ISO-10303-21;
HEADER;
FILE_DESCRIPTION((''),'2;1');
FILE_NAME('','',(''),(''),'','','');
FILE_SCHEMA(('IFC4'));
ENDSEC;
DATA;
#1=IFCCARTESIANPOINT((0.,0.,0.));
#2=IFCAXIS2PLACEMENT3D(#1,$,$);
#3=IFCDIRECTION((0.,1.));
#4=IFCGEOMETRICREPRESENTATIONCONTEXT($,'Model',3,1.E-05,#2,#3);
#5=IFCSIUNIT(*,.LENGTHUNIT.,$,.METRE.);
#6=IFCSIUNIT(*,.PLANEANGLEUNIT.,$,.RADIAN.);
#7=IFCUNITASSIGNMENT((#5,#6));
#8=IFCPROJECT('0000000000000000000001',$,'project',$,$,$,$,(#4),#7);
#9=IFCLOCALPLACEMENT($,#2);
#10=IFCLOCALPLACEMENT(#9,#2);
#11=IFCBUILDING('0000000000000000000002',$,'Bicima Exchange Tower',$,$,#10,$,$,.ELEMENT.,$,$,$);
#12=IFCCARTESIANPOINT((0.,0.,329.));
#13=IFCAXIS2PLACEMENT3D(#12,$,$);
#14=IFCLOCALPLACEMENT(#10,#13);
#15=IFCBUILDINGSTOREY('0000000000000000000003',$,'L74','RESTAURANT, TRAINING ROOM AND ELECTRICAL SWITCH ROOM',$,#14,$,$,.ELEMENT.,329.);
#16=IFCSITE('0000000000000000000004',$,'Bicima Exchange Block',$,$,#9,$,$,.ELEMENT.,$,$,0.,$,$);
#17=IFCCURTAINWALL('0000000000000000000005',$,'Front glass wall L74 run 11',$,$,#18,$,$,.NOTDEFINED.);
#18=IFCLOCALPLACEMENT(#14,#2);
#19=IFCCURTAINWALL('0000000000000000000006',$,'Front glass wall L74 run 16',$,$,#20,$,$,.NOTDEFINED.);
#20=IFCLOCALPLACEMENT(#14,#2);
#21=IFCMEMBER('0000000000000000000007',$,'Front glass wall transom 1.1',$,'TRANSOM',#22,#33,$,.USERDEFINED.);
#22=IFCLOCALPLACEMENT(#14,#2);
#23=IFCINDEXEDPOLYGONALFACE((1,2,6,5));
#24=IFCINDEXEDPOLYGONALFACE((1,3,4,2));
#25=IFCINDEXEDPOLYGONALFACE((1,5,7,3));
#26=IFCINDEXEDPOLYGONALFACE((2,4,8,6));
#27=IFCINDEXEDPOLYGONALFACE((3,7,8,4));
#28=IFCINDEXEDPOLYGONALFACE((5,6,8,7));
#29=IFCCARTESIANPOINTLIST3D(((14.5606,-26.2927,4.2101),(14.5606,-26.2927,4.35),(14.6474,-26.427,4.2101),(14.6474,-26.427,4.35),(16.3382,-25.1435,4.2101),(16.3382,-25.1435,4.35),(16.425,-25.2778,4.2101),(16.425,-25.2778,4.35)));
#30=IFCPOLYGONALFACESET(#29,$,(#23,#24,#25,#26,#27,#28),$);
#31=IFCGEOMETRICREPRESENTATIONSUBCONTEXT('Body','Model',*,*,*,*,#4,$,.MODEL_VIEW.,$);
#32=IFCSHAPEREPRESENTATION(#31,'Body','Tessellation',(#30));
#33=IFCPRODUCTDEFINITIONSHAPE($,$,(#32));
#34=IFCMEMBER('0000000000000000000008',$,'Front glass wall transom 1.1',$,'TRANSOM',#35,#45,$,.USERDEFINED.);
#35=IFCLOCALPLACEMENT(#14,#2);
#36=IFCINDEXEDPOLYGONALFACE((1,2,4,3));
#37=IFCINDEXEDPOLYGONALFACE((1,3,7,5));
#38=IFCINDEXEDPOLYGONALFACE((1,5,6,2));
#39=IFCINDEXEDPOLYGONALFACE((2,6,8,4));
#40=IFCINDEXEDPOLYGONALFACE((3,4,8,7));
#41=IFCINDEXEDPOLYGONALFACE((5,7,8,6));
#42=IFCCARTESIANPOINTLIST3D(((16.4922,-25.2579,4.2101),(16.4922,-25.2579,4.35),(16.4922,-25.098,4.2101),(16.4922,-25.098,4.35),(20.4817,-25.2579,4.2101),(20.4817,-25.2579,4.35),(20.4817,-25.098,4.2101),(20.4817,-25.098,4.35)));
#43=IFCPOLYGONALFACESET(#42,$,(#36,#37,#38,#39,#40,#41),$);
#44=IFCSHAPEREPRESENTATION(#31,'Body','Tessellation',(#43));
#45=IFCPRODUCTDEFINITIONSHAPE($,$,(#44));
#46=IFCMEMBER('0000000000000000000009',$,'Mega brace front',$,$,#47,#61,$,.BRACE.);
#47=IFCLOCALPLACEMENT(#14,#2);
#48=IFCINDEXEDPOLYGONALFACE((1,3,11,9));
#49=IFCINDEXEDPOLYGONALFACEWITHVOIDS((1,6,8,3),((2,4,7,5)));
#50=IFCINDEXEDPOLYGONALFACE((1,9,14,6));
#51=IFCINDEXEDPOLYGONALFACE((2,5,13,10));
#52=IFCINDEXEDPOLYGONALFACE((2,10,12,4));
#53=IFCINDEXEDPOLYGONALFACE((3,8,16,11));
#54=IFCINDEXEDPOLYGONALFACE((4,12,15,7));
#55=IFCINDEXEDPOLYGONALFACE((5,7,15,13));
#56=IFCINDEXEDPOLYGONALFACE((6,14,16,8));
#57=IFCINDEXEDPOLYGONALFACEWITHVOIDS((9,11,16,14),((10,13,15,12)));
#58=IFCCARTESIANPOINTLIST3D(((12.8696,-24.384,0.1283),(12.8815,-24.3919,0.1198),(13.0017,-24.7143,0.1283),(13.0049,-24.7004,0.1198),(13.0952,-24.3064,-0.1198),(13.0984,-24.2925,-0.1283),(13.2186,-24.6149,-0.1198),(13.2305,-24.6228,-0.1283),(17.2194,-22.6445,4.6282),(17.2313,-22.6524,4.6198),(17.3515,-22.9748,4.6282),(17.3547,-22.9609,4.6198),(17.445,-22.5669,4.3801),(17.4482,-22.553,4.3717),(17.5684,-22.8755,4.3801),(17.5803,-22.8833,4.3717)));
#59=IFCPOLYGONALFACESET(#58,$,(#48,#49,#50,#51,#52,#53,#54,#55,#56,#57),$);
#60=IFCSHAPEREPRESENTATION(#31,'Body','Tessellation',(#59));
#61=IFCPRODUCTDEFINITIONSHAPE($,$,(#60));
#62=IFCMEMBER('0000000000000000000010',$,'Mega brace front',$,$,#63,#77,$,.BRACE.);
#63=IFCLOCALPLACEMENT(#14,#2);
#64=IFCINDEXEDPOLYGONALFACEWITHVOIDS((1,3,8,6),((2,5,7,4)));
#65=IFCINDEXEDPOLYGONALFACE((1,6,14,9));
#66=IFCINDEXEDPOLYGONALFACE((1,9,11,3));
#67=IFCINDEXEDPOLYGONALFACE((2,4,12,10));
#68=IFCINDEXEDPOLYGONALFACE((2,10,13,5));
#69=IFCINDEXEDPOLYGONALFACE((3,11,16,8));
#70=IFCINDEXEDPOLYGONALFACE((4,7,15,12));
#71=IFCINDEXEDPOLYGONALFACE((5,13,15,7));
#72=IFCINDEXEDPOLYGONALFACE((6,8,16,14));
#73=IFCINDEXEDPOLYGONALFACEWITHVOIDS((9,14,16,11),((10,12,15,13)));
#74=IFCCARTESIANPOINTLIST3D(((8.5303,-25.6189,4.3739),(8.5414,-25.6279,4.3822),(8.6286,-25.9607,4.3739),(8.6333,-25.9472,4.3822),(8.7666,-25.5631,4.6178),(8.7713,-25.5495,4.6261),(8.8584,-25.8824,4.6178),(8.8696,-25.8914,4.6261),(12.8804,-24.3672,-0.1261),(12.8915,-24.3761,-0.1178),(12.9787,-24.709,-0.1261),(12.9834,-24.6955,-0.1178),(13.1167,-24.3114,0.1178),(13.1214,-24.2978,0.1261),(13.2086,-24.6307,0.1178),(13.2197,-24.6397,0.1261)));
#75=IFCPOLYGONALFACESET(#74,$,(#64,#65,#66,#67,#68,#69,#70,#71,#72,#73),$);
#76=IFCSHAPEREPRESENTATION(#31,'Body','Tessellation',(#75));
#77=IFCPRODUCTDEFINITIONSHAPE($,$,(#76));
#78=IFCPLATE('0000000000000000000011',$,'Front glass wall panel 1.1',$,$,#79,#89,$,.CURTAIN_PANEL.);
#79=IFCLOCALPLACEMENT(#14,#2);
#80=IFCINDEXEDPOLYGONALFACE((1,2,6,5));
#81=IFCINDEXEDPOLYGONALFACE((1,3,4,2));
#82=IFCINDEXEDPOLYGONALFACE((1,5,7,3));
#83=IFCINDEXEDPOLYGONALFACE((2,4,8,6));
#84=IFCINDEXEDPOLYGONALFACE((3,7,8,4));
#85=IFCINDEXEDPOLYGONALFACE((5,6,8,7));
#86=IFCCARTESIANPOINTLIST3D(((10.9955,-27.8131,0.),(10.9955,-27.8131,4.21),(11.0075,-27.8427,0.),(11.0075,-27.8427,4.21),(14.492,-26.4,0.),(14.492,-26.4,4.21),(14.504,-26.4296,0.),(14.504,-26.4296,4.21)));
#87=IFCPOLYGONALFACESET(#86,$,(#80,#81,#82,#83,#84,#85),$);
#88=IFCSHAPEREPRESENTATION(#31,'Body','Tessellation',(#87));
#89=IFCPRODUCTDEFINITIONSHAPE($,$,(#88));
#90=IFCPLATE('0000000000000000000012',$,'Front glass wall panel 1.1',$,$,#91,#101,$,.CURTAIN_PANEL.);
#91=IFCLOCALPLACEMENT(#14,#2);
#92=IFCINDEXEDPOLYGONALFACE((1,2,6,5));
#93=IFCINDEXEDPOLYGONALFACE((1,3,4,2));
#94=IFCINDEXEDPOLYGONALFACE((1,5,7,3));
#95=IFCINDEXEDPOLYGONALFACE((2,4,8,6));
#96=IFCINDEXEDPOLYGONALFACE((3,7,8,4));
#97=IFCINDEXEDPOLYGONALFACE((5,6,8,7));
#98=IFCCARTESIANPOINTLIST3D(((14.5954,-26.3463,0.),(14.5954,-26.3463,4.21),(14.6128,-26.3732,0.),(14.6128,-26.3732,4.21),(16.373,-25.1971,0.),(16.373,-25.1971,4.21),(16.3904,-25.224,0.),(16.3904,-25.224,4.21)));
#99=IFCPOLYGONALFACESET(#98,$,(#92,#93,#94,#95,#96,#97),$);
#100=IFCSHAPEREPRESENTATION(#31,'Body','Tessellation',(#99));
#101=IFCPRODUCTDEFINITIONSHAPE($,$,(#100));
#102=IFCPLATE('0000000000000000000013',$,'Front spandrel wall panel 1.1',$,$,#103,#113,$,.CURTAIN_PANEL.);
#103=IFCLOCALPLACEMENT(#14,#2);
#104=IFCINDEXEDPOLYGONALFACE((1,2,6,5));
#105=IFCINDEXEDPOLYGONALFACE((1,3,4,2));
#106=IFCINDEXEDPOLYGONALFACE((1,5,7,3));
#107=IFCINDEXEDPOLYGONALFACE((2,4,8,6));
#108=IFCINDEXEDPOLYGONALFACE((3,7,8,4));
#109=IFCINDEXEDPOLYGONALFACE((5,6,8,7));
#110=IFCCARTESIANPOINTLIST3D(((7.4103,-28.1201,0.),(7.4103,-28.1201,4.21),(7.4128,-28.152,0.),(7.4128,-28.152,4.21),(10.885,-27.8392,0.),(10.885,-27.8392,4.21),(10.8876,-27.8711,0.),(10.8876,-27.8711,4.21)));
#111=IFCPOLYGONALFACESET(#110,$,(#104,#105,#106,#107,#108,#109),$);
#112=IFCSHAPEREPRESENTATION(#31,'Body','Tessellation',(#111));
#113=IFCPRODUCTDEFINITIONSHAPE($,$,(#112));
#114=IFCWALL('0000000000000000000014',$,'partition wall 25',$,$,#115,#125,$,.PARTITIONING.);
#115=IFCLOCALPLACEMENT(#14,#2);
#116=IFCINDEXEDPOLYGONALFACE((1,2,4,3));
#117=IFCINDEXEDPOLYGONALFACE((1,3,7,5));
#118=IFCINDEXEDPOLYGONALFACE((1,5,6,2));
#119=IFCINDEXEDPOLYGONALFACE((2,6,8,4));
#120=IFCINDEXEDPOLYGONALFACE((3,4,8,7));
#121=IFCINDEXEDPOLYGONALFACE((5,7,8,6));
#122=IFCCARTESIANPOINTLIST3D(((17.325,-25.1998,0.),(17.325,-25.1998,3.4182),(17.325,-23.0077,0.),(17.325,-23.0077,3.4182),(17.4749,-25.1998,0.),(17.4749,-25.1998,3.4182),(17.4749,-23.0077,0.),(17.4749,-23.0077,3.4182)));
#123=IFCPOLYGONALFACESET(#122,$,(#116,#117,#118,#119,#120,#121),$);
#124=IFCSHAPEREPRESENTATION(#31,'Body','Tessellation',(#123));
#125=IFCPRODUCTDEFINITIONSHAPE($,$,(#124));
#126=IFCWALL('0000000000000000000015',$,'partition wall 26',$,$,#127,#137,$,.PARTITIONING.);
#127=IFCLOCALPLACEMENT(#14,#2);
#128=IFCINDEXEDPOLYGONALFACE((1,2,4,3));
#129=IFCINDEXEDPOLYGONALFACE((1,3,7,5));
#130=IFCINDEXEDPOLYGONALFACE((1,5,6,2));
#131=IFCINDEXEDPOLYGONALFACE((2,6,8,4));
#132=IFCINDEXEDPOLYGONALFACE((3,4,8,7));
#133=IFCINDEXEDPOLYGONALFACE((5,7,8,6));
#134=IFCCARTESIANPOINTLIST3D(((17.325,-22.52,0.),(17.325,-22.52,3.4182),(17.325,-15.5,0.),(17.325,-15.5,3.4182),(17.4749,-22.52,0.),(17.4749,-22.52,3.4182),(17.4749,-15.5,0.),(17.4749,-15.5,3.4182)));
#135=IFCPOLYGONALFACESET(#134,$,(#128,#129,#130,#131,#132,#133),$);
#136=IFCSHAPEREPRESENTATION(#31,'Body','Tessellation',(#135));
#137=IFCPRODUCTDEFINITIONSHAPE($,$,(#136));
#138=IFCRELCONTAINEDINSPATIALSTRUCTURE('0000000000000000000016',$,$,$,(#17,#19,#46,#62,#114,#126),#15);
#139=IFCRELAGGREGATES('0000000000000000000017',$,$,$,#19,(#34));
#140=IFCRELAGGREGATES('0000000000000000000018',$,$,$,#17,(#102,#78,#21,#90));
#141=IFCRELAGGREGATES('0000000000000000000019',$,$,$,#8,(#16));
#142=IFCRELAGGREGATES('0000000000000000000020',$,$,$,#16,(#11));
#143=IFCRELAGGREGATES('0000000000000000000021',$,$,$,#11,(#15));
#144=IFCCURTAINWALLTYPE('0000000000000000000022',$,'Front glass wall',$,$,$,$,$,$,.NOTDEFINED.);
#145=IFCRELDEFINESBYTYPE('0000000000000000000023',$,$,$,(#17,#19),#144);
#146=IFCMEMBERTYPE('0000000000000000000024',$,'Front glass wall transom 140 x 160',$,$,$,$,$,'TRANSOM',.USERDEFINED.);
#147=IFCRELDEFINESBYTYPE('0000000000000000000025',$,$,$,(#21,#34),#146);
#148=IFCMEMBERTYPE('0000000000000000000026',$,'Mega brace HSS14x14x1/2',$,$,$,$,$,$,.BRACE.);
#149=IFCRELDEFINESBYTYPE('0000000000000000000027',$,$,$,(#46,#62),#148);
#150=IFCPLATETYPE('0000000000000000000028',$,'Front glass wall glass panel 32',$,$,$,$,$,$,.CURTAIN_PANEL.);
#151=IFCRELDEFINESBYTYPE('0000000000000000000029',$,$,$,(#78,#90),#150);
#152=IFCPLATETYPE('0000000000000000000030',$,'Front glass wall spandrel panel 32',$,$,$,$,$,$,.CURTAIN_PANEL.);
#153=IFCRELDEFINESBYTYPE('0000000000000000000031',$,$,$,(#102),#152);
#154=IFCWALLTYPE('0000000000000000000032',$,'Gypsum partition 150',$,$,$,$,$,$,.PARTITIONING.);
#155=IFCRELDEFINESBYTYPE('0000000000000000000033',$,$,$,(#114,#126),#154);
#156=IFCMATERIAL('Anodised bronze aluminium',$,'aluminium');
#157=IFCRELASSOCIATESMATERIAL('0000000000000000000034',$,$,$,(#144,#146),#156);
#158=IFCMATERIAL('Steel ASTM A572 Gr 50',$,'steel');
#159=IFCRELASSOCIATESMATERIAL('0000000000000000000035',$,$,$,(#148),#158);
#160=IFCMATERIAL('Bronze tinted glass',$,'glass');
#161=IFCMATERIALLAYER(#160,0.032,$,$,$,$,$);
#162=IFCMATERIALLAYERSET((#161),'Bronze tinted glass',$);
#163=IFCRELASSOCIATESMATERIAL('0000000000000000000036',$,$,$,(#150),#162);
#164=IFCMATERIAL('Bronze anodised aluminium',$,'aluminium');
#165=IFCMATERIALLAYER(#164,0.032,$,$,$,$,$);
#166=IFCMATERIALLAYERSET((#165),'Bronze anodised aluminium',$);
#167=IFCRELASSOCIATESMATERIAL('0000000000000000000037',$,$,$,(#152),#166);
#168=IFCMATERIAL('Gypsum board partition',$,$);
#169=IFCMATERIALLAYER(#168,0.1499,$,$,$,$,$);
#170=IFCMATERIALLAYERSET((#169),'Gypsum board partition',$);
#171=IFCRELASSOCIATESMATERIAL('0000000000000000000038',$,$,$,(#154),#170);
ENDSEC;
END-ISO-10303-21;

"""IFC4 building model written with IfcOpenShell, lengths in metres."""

from ifc_helpers import new_model, si_unit, direction, frame, frame_2d, origin, origin_2d, place, context, subcontext, project, spatial, rectangle, hollow_rectangle, extrude, material, layer, layer_set, material_profile, profile_set, type_object, element, aggregate, save


model = new_model("IFC4")

# Units and contexts
model_context = context("Model", 3, precision=1e-05, world=origin(), true_north=direction((0.0, 1.0)))
body_context = subcontext(model_context, "Body", "Model", "MODEL_VIEW")
ifc_project = project(units=[si_unit("LENGTHUNIT", "METRE"), si_unit("PLANEANGLEUNIT", "RADIAN")], contexts=[model_context])

# Site, building, storey
site_placement = place(None, origin())
site = spatial("IfcSite", under=ifc_project, at=site_placement, Name="Bicima Exchange Block", CompositionType="ELEMENT", RefElevation=0.0)
building_placement = place(site_placement, origin())
building = spatial("IfcBuilding", under=site, at=building_placement, Name="Bicima Exchange Tower", CompositionType="ELEMENT")
storey_placement = place(building_placement, frame((0.0, 0.0, 329.0)))
storey = spatial("IfcBuildingStorey", under=building, at=storey_placement, Name="L74", Description="RESTAURANT, TRAINING ROOM AND ELECTRICAL SWITCH ROOM", CompositionType="ELEMENT", Elevation=329.0)

# Curtain wall
ifc_material_1 = material(Name="Anodised bronze aluminium", Category="aluminium")
curtain_wall_type = type_object("IfcCurtainWallType", Name="Front glass wall", PredefinedType="NOTDEFINED", material=ifc_material_1)
curtain_wall_1_placement = place(storey_placement, origin())
curtain_wall_1 = element("IfcCurtainWall", 1, at=curtain_wall_1_placement, inside=storey, type_object=curtain_wall_type, Name="Front glass wall L74 run 11", PredefinedType="NOTDEFINED")

# Curtain wall
curtain_wall_2_placement = place(storey_placement, origin())
curtain_wall_2 = element("IfcCurtainWall", 2, at=curtain_wall_2_placement, inside=storey, type_object=curtain_wall_type, Name="Front glass wall L74 run 16", PredefinedType="NOTDEFINED")

# Members
ifc_material_profile_1 = material_profile(ifc_material_1, rectangle(XDim=0.1599, YDim=0.1399, at=origin_2d()))
ifc_profile_set_1 = profile_set([ifc_material_profile_1], Name="Anodised bronze aluminium")
member_type_1 = type_object("IfcMemberType", Name="Front glass wall transom 140 x 160", ElementType="TRANSOM", PredefinedType="USERDEFINED", material=ifc_profile_set_1)
member_1_placement = place(storey_placement, frame((14.604, -26.3599, 4.28), z_axis=(0.839793, 0.542907, 0.0), x_axis=(-0.542907, 0.839793, 0.0)))
member_1 = element("IfcMember", 3, at=member_1_placement, type_object=member_type_1, Name="Front glass wall transom 1.1", ObjectType="TRANSOM", PredefinedType="USERDEFINED", context=body_context, shape_type="SweptSolid", body=[
    extrude(rectangle(XDim=0.1599, YDim=0.1399, at=origin_2d()), origin(), (0.0, 0.0, 1.0), 2.1167),
])
member_2_placement = place(storey_placement, frame((16.4922, -25.178, 4.28), z_axis=(1.0, 0.0, 0.0), x_axis=(0.0, 1.0, 0.0)))
member_2 = element("IfcMember", 4, at=member_2_placement, type_object=member_type_1, Name="Front glass wall transom 1.1", ObjectType="TRANSOM", PredefinedType="USERDEFINED", context=body_context, shape_type="SweptSolid", body=[
    extrude(rectangle(XDim=0.1599, YDim=0.1399, at=origin_2d()), origin(), (0.0, 0.0, 1.0), 3.9895),
])
aggregate(curtain_wall_2, [member_2])

# Members
ifc_material_2 = material(Name="Steel ASTM A572 Gr 50", Category="steel")
ifc_material_profile_2 = material_profile(ifc_material_2, hollow_rectangle(XDim=0.3557, YDim=0.3557, WallThickness=0.0117, at=origin_2d()))
ifc_profile_set_2 = profile_set([ifc_material_profile_2], Name="Steel ASTM A572 Gr 50")
member_type_2 = type_object("IfcMemberType", Name="Mega brace HSS14x14x1/2", PredefinedType="BRACE", material=ifc_profile_set_2)
member_3_placement = place(storey_placement, frame((13.05, -24.5034, 0.0), z_axis=(0.669628, 0.267783, 0.692742), x_axis=(-0.37131, 0.928509, 0.0)))
element("IfcMember", 5, at=member_3_placement, inside=storey, type_object=member_type_2, Name="Mega brace front", PredefinedType="BRACE", context=body_context, shape_type="SweptSolid", body=[
    extrude(hollow_rectangle(XDim=0.3557, YDim=0.3557, WallThickness=0.0117, at=origin_2d()), origin(), (0.0, 0.0, 1.0), 6.4958),
])
member_4_placement = place(storey_placement, frame((13.05, -24.5034, 0.0), z_axis=(-0.681534, -0.196107, 0.70502), x_axis=(0.276523, -0.961007, 0.0)))
element("IfcMember", 6, at=member_4_placement, inside=storey, type_object=member_type_2, Name="Mega brace front", PredefinedType="BRACE", context=body_context, shape_type="SweptSolid", body=[
    extrude(hollow_rectangle(XDim=0.3557, YDim=0.3557, WallThickness=0.0117, at=origin_2d()), origin(), (0.0, 0.0, 1.0), 6.3828),
])

# Plates
ifc_material_3 = material(Name="Bronze tinted glass", Category="glass")
ifc_layer_1 = layer(ifc_material_3, 0.032)
ifc_layer_set_1 = layer_set([ifc_layer_1], Name="Bronze tinted glass")
plate_type_1 = type_object("IfcPlateType", Name="Front glass wall glass panel 32", PredefinedType="CURTAIN_PANEL", material=ifc_layer_set_1)
plate_1_placement = place(storey_placement, frame((12.7498, -27.1213, 0.0), z_axis=(0.0, 0.0, 1.0), x_axis=(0.927144, 0.374705, 0.0)))
plate_1 = element("IfcPlate", 7, at=plate_1_placement, type_object=plate_type_1, Name="Front glass wall panel 1.1", PredefinedType="CURTAIN_PANEL", context=body_context, shape_type="SweptSolid", body=[
    extrude(rectangle(XDim=3.7712, YDim=0.032, at=origin_2d()), origin(), (0.0, 0.0, 1.0), 4.21),
])
plate_2_placement = place(storey_placement, frame((15.4929, -25.7852, 0.0), z_axis=(0.0, 0.0, 1.0), x_axis=(0.839791, 0.542909, 0.0)))
plate_2 = element("IfcPlate", 8, at=plate_2_placement, type_object=plate_type_1, Name="Front glass wall panel 1.1", PredefinedType="CURTAIN_PANEL", context=body_context, shape_type="SweptSolid", body=[
    extrude(rectangle(XDim=2.1167, YDim=0.032, at=origin_2d()), origin(), (0.0, 0.0, 1.0), 4.21),
])
ifc_material_4 = material(Name="Bronze anodised aluminium", Category="aluminium")
ifc_layer_2 = layer(ifc_material_4, 0.032)
ifc_layer_set_2 = layer_set([ifc_layer_2], Name="Bronze anodised aluminium")
plate_type_2 = type_object("IfcPlateType", Name="Front glass wall spandrel panel 32", PredefinedType="CURTAIN_PANEL", material=ifc_layer_set_2)
plate_3_placement = place(storey_placement, frame((9.1489, -27.9956, 0.0), z_axis=(0.0, 0.0, 1.0), x_axis=(0.996747, 0.080589, 0.0)))
plate_3 = element("IfcPlate", 9, at=plate_3_placement, type_object=plate_type_2, Name="Front spandrel wall panel 1.1", PredefinedType="CURTAIN_PANEL", context=body_context, shape_type="SweptSolid", body=[
    extrude(rectangle(XDim=3.4861, YDim=0.032, at=origin_2d()), origin(), (0.0, 0.0, 1.0), 4.21),
])
aggregate(curtain_wall_1, [plate_3, plate_1, member_1, plate_2])

# Walls
ifc_material_5 = material(Name="Gypsum board partition")
ifc_layer_3 = layer(ifc_material_5, 0.1499)
ifc_layer_set_3 = layer_set([ifc_layer_3], Name="Gypsum board partition")
wall_type = type_object("IfcWallType", Name="Gypsum partition 150", PredefinedType="PARTITIONING", material=ifc_layer_set_3)
wall_1_placement = place(storey_placement, frame((17.3999, -25.2, 0.0), z_axis=(0.0, 0.0, 1.0), x_axis=(0.0, 1.0, 0.0)))
element("IfcWall", 10, at=wall_1_placement, inside=storey, type_object=wall_type, Name="partition wall 25", PredefinedType="PARTITIONING", context=body_context, shape_type="SweptSolid", body=[
    extrude(rectangle(XDim=2.1921, YDim=0.1499, at=frame_2d((1.0962, 0.0))), origin(), (0.0, 0.0, 1.0), 3.4182),
])
wall_2_placement = place(storey_placement, frame((17.3999, -22.52, 0.0), z_axis=(0.0, 0.0, 1.0), x_axis=(0.0, 1.0, 0.0)))
element("IfcWall", 11, at=wall_2_placement, inside=storey, type_object=wall_type, Name="partition wall 26", PredefinedType="PARTITIONING", context=body_context, shape_type="SweptSolid", body=[
    extrude(rectangle(XDim=7.02, YDim=0.1499, at=frame_2d((3.51, 0.0))), origin(), (0.0, 0.0, 1.0), 3.4182),
])

save(model, "model.ifc")
